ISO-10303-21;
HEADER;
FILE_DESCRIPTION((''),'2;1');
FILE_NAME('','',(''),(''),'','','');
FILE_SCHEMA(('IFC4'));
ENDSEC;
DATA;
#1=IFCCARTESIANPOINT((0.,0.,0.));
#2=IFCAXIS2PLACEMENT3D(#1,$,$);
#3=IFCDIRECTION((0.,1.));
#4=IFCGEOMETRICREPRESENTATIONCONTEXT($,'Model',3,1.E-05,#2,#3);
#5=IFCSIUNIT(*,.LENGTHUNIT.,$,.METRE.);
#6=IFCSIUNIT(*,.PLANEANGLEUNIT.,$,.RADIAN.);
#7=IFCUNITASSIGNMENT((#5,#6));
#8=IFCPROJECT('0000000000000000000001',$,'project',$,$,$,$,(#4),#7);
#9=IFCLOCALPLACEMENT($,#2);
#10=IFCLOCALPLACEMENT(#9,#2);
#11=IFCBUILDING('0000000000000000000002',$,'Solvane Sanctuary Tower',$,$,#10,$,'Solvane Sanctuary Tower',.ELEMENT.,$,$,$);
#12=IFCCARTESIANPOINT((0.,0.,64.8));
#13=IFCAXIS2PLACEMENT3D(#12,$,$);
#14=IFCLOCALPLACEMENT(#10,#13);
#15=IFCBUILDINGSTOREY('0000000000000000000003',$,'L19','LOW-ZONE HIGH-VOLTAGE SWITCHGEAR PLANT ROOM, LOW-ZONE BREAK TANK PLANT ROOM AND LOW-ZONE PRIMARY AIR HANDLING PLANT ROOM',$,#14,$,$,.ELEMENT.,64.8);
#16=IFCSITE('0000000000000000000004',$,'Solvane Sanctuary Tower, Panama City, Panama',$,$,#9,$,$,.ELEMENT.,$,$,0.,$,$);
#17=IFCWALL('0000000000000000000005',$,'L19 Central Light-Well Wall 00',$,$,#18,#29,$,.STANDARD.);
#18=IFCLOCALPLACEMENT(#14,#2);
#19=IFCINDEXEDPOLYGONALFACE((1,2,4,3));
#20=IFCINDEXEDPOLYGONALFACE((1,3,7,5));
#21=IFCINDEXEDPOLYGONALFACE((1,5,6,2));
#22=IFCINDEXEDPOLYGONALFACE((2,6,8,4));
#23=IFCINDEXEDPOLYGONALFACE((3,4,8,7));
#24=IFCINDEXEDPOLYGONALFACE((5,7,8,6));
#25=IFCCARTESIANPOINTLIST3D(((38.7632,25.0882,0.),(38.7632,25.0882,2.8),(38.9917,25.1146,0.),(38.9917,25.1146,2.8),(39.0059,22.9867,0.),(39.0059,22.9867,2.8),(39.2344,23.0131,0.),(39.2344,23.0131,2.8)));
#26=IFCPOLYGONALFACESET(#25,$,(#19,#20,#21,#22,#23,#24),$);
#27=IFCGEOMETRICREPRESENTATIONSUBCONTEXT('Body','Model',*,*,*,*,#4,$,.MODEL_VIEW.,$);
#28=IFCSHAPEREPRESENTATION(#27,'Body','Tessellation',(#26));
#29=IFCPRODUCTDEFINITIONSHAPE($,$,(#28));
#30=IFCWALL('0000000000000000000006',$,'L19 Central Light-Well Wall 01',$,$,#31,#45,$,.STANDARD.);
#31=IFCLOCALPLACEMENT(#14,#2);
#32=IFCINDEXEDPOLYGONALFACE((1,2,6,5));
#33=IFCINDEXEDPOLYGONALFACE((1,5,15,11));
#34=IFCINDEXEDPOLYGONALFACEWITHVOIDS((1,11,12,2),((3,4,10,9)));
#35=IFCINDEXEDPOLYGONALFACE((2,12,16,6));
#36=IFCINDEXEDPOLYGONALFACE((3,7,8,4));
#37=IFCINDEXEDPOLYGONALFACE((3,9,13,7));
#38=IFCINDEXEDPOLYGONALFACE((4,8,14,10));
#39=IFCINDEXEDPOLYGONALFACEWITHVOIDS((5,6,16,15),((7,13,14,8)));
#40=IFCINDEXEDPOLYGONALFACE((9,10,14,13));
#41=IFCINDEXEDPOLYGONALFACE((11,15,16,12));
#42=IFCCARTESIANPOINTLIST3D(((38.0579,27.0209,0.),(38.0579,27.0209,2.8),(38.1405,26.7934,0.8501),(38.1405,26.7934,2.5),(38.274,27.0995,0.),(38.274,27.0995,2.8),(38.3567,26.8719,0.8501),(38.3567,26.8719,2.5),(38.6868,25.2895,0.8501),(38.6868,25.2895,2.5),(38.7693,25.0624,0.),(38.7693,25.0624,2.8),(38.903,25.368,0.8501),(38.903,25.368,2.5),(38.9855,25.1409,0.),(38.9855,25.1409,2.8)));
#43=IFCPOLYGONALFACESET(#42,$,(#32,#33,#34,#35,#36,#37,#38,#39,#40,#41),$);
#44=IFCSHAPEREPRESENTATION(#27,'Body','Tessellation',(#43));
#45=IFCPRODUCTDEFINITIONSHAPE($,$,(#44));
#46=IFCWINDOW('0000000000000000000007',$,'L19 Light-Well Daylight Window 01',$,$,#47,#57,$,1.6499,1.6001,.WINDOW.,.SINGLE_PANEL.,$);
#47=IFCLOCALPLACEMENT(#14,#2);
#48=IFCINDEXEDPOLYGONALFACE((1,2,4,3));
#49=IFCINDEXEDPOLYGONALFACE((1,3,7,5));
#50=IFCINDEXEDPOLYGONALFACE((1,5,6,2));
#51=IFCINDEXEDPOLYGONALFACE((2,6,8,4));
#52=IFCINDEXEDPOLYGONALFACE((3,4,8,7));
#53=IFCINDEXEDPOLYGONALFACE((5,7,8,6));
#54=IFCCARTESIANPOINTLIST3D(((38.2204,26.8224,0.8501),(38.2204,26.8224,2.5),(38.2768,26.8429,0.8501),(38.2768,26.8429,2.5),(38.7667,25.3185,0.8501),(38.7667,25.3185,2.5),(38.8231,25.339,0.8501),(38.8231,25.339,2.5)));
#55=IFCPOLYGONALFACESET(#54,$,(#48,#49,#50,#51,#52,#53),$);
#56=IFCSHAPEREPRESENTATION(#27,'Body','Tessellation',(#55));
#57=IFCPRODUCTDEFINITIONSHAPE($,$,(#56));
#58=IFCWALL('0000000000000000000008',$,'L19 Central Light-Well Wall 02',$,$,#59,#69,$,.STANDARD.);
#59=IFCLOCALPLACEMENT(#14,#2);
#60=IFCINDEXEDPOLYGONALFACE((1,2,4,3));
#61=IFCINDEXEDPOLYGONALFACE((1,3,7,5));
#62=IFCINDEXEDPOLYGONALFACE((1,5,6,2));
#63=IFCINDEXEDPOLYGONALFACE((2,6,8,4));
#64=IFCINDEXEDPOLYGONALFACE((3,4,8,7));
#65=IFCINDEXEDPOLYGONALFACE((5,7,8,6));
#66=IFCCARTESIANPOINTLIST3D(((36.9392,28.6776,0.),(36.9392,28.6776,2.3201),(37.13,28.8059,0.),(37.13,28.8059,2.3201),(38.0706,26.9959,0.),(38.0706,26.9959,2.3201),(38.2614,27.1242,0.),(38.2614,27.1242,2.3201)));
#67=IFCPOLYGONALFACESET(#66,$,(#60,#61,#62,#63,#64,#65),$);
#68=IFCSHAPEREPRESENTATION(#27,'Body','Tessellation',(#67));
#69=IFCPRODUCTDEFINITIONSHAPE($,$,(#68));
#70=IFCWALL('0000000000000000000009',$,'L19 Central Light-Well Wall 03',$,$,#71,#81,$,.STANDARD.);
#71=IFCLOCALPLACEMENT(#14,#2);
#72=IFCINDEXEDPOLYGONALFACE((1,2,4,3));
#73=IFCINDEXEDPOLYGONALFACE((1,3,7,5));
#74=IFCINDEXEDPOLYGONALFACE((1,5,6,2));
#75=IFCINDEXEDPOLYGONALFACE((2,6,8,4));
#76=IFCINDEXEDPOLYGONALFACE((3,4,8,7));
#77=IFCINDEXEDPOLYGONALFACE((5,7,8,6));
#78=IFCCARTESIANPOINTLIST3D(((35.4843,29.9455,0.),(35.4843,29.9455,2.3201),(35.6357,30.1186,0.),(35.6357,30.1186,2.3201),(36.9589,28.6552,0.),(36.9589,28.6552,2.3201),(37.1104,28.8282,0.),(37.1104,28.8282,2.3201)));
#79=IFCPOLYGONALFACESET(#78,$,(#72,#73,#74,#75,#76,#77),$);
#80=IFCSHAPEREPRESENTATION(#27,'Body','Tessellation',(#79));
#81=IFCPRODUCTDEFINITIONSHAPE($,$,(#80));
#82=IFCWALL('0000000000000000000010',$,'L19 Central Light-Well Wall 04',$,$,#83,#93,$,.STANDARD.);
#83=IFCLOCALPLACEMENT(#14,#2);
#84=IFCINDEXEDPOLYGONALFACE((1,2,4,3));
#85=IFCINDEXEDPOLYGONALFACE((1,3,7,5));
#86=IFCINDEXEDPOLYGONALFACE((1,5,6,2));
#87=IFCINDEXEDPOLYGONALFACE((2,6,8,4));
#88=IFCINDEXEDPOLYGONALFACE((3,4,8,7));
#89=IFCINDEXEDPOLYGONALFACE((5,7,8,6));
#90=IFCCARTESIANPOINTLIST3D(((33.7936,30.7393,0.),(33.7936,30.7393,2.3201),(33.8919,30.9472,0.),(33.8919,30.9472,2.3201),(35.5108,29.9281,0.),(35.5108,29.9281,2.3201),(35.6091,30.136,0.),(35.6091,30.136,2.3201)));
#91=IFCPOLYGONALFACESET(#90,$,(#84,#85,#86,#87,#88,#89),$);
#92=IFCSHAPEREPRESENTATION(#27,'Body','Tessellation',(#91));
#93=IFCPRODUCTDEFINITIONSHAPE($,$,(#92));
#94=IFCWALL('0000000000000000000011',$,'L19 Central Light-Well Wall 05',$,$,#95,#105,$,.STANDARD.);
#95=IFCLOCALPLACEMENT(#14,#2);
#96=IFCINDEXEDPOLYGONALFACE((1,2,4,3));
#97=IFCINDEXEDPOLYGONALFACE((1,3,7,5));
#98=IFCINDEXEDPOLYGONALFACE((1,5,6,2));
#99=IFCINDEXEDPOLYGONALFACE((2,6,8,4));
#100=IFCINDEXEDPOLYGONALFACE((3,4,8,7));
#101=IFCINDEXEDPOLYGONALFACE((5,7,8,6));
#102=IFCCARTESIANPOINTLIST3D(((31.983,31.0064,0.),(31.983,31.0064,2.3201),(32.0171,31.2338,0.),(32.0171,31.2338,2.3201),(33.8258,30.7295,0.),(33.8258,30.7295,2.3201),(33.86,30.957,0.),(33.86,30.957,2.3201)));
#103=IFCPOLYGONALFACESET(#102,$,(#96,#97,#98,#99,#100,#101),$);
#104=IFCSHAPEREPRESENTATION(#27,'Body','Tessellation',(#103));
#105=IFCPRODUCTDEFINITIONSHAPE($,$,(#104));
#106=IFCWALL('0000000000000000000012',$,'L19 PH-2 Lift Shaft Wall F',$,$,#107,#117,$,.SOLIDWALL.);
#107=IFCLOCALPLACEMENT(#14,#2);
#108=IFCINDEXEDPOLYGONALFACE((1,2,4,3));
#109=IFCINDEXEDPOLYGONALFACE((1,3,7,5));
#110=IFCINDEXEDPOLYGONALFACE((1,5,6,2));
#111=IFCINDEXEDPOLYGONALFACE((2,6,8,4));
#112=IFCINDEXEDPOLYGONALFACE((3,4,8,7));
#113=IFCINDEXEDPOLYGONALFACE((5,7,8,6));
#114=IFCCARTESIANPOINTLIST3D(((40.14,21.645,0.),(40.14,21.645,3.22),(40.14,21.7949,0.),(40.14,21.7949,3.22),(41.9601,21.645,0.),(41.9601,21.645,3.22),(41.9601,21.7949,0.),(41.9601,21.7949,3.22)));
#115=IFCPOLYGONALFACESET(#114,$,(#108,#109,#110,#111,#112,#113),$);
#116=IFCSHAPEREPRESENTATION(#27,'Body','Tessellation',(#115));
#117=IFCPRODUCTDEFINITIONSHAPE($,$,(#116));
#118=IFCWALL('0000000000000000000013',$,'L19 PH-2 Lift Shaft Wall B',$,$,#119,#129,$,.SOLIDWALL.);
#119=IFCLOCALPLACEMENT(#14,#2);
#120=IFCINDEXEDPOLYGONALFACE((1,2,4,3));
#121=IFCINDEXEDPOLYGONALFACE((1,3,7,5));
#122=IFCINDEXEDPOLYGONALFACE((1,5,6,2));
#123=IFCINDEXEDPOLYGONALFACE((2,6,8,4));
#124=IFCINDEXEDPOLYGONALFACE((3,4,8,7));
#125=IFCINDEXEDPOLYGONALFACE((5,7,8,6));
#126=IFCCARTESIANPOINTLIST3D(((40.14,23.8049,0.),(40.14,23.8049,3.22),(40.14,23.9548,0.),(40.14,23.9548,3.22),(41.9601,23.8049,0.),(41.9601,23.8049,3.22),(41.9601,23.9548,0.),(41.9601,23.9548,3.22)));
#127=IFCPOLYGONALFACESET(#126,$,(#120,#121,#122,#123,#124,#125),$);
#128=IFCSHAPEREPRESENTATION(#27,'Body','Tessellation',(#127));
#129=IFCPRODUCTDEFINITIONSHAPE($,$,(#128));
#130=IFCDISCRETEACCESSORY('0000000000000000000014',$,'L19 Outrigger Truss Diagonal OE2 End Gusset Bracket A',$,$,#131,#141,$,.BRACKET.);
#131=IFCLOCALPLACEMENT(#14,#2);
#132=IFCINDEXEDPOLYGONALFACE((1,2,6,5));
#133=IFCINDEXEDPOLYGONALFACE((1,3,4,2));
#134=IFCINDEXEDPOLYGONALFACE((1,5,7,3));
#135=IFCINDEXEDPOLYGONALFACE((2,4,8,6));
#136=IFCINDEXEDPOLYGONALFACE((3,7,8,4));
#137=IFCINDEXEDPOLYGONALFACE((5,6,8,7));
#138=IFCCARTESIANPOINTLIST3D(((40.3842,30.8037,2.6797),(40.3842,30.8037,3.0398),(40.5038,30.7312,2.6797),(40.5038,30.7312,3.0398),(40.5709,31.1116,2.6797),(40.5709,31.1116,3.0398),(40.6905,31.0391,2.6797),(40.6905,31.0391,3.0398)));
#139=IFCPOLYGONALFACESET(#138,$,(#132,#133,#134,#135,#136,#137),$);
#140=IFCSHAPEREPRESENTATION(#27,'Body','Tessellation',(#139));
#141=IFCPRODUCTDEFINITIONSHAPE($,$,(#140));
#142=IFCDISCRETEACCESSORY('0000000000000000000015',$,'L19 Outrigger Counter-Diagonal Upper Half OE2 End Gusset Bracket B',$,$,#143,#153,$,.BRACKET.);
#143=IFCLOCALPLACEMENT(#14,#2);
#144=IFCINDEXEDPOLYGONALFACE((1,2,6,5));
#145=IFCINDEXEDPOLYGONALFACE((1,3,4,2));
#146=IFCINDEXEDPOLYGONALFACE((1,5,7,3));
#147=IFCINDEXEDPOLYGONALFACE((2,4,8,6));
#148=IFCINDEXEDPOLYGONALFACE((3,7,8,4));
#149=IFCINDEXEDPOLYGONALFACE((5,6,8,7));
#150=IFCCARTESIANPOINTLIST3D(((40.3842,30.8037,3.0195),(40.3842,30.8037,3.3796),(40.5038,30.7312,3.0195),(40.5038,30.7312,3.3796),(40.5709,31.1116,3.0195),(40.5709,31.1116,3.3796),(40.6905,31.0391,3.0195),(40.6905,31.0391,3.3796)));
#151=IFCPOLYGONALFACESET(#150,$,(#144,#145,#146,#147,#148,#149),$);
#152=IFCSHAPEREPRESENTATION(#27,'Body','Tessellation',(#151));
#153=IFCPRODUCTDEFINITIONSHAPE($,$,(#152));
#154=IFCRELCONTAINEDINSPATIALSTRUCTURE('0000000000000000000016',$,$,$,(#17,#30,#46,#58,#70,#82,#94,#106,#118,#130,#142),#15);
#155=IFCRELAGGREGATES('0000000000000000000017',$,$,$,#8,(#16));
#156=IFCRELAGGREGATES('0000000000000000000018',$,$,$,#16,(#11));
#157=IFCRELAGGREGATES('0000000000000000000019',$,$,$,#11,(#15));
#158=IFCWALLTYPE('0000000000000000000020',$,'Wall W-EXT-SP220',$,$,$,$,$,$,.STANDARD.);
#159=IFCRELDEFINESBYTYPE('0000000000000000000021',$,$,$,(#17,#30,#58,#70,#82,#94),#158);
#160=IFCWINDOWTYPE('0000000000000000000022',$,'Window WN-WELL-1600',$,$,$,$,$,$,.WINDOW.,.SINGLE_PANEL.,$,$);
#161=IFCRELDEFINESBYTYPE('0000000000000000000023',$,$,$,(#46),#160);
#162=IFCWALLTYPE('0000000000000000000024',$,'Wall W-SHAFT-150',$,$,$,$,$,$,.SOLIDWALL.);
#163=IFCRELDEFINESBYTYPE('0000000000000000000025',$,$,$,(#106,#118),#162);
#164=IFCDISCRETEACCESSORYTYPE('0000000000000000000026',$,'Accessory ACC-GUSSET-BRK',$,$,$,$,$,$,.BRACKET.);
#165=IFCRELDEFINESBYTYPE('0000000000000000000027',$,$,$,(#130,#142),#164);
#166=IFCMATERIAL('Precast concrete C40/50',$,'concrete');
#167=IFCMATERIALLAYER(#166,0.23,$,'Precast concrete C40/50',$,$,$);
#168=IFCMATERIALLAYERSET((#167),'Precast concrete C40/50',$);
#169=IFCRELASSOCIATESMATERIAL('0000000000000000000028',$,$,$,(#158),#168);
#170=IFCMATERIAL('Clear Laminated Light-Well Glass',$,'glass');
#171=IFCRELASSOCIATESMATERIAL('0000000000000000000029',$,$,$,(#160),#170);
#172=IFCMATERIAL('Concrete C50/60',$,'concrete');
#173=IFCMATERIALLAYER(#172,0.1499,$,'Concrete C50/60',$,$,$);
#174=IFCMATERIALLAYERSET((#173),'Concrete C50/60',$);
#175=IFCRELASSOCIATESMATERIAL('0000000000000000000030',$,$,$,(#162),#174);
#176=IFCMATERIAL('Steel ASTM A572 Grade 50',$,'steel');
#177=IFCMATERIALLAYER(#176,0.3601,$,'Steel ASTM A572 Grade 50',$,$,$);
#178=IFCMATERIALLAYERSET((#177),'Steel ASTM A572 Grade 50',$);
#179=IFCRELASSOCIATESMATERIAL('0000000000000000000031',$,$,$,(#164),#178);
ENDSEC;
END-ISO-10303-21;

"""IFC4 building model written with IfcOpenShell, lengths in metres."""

from ifc_helpers import new_model, si_unit, direction, frame, frame_2d, origin, origin_2d, place, context, subcontext, project, spatial, rectangle, extrude, material, layer, layer_set, type_object, element, fill, save


model = new_model("IFC4")

# Units and contexts
model_context = context("Model", 3, precision=1e-05, world=origin(), true_north=direction((0.0, 1.0)))
body_context = subcontext(model_context, "Body", "Model", "MODEL_VIEW")
ifc_project = project(units=[si_unit("LENGTHUNIT", "METRE"), si_unit("PLANEANGLEUNIT", "RADIAN")], contexts=[model_context])

# Site, building, storey
site_placement = place(None, origin())
site = spatial("IfcSite", under=ifc_project, at=site_placement, Name="Solvane Sanctuary Tower, Panama City, Panama", CompositionType="ELEMENT", RefElevation=0.0)
building_placement = place(site_placement, origin())
building = spatial("IfcBuilding", under=site, at=building_placement, Name="Solvane Sanctuary Tower", LongName="Solvane Sanctuary Tower", CompositionType="ELEMENT")
storey_placement = place(building_placement, frame((0.0, 0.0, 64.8)))
storey = spatial("IfcBuildingStorey", under=building, at=storey_placement, Name="L19", Description="LOW-ZONE HIGH-VOLTAGE SWITCHGEAR PLANT ROOM, LOW-ZONE BREAK TANK PLANT ROOM AND LOW-ZONE PRIMARY AIR HANDLING PLANT ROOM", CompositionType="ELEMENT", Elevation=64.8)

# Shared definitions
ifc_material_1 = material(Name="Steel ASTM A572 Grade 50", Category="steel")

# Wall
ifc_material_2 = material(Name="Precast concrete C40/50", Category="concrete")
ifc_layer_1 = layer(ifc_material_2, 0.23, Name="Precast concrete C40/50")
ifc_layer_set_1 = layer_set([ifc_layer_1], Name="Precast concrete C40/50")
wall_type_1 = type_object("IfcWallType", Name="Wall W-EXT-SP220", PredefinedType="STANDARD", material=ifc_layer_set_1)
wall_1_placement = place(storey_placement, frame((39.1201, 23.0, 0.0), z_axis=(0.0, 0.0, 1.0), x_axis=(-0.114712, 0.993399, 0.0)))
element("IfcWall", 1, at=wall_1_placement, inside=storey, type_object=wall_type_1, Name="L19 Central Light-Well Wall 00", PredefinedType="STANDARD", context=body_context, shape_type="SweptSolid", body=[
    extrude(rectangle(XDim=2.1155, YDim=0.23, at=frame_2d((1.0576, 0.0))), origin(), (0.0, 0.0, 1.0), 2.8),
])

# Wall, opening, window
wall_2_placement = place(storey_placement, frame((38.8774, 25.1016, 0.0), z_axis=(0.0, 0.0, 1.0), x_axis=(-0.341423, 0.93991, 0.0)))
wall_2 = element("IfcWall", 2, at=wall_2_placement, inside=storey, type_object=wall_type_1, Name="L19 Central Light-Well Wall 01", PredefinedType="STANDARD", context=body_context, shape_type="SweptSolid", body=[
    extrude(rectangle(XDim=2.0837, YDim=0.23, at=frame_2d((1.042, 0.0))), origin(), (0.0, 0.0, 1.0), 2.8),
])
opening_1_placement = place(wall_2_placement, frame((0.2417, 0.0, 0.8501)))
opening_1 = element("IfcOpeningElement", 3, at=opening_1_placement, cuts=wall_2, PredefinedType="OPENING", context=body_context, shape_type="SweptSolid", body=[
    extrude(rectangle(XDim=1.6001, YDim=1.6499, at=frame_2d((0.8, 0.825))), frame((0.0, 0.125, 0.0), z_axis=(0.0, -1.0, 0.0), x_axis=(1.0, 0.0, 0.0)), (0.0, 0.0, 1.0), 0.25),
])
ifc_material_3 = material(Name="Clear Laminated Light-Well Glass", Category="glass")
window_type = type_object("IfcWindowType", Name="Window WN-WELL-1600", PartitioningType="SINGLE_PANEL", PredefinedType="WINDOW", material=ifc_material_3)
window_placement = place(opening_1_placement, origin())
window = element("IfcWindow", 4, at=window_placement, inside=storey, type_object=window_type, Name="L19 Light-Well Daylight Window 01", OverallHeight=1.6499, OverallWidth=1.6001, PartitioningType="SINGLE_PANEL", PredefinedType="WINDOW", context=body_context, shape_type="SweptSolid", body=[
    extrude(rectangle(XDim=1.6001, YDim=1.6499, at=frame_2d((0.8, 0.825))), frame((0.0, 0.03, 0.0), z_axis=(0.0, -1.0, 0.0), x_axis=(1.0, 0.0, 0.0)), (0.0, 0.0, 1.0), 0.0601),
])
fill(opening_1, window)

# Walls
wall_3_placement = place(storey_placement, frame((38.166, 27.0601, 0.0), z_axis=(0.0, 0.0, 1.0), x_axis=(-0.558198, 0.829708, 0.0)))
element("IfcWall", 5, at=wall_3_placement, inside=storey, type_object=wall_type_1, Name="L19 Central Light-Well Wall 02", PredefinedType="STANDARD", context=body_context, shape_type="SweptSolid", body=[
    extrude(rectangle(XDim=2.0269, YDim=0.23, at=frame_2d((1.0134, 0.0))), origin(), (0.0, 0.0, 1.0), 2.3201),
])
wall_4_placement = place(storey_placement, frame((37.0347, 28.7417, 0.0), z_axis=(0.0, 0.0, 1.0), x_axis=(-0.752577, 0.658505, 0.0)))
element("IfcWall", 6, at=wall_4_placement, inside=storey, type_object=wall_type_1, Name="L19 Central Light-Well Wall 03", PredefinedType="STANDARD", context=body_context, shape_type="SweptSolid", body=[
    extrude(rectangle(XDim=1.9595, YDim=0.23, at=frame_2d((0.9797, 0.0))), origin(), (0.0, 0.0, 1.0), 2.3201),
])
wall_5_placement = place(storey_placement, frame((35.5601, 30.032, 0.0), z_axis=(0.0, 0.0, 1.0), x_axis=(-0.90418, 0.427152, 0.0)))
element("IfcWall", 7, at=wall_5_placement, inside=storey, type_object=wall_type_1, Name="L19 Central Light-Well Wall 04", PredefinedType="STANDARD", context=body_context, shape_type="SweptSolid", body=[
    extrude(rectangle(XDim=1.8992, YDim=0.23, at=frame_2d((0.9497, 0.0))), origin(), (0.0, 0.0, 1.0), 2.3201),
])
wall_6_placement = place(storey_placement, frame((33.8428, 30.8433, 0.0), z_axis=(0.0, 0.0, 1.0), x_axis=(-0.988902, 0.148571, 0.0)))
element("IfcWall", 8, at=wall_6_placement, inside=storey, type_object=wall_type_1, Name="L19 Central Light-Well Wall 05", PredefinedType="STANDARD", context=body_context, shape_type="SweptSolid", body=[
    extrude(rectangle(XDim=1.8635, YDim=0.23, at=frame_2d((0.9316, 0.0))), origin(), (0.0, 0.0, 1.0), 2.3201),
])
ifc_material_4 = material(Name="Concrete C50/60", Category="concrete")
ifc_layer_2 = layer(ifc_material_4, 0.1499, Name="Concrete C50/60")
ifc_layer_set_2 = layer_set([ifc_layer_2], Name="Concrete C50/60")
wall_type_2 = type_object("IfcWallType", Name="Wall W-SHAFT-150", PredefinedType="SOLIDWALL", material=ifc_layer_set_2)
for number, where, z_axis, x_axis, name in (
    (9, (40.1399, 21.72, 0.0), (0.0, 0.0, 1.0), (1.0, 0.0, 0.0), "L19 PH-2 Lift Shaft Wall F"),
    (10, (40.1399, 23.8799, 0.0), (0.0, 0.0, 1.0), (1.0, 0.0, 0.0), "L19 PH-2 Lift Shaft Wall B"),
):
    element("IfcWall", number, at=place(storey_placement, frame(where, z_axis=z_axis, x_axis=x_axis)), inside=storey, type_object=wall_type_2, Name=name, PredefinedType="SOLIDWALL", context=body_context, shape_type="SweptSolid", body=[
        extrude(rectangle(XDim=1.8201, YDim=0.1499, at=frame_2d((0.9102, 0.0))), origin(), (0.0, 0.0, 1.0), 3.22),
    ])

# Discrete accessories
ifc_layer_3 = layer(ifc_material_1, 0.3601, Name="Steel ASTM A572 Grade 50")
ifc_layer_set_3 = layer_set([ifc_layer_3], Name="Steel ASTM A572 Grade 50")
discrete_accessory_type = type_object("IfcDiscreteAccessoryType", Name="Accessory ACC-GUSSET-BRK", PredefinedType="BRACKET", material=ifc_layer_set_3)
for number, where, z_axis, x_axis, name in (
    (11, (40.5374, 30.9214, 2.6797), (0.0, 0.0, 1.0), (0.518475, 0.855093, 0.0), "L19 Outrigger Truss Diagonal OE2 End Gusset Bracket A"),
    (12, (40.5374, 30.9214, 3.0195), (0.0, 0.0, 1.0), (-0.518475, -0.855093, 0.0), "L19 Outrigger Counter-Diagonal Upper Half OE2 End Gusset Bracket B"),
):
    element("IfcDiscreteAccessory", number, at=place(storey_placement, frame(where, z_axis=z_axis, x_axis=x_axis)), inside=storey, type_object=discrete_accessory_type, Name=name, PredefinedType="BRACKET", context=body_context, shape_type="SweptSolid", body=[
        extrude(rectangle(XDim=0.3601, YDim=0.1399, at=origin_2d()), origin(), (0.0, 0.0, 1.0), 0.3601),
    ])

save(model, "model.ifc")
